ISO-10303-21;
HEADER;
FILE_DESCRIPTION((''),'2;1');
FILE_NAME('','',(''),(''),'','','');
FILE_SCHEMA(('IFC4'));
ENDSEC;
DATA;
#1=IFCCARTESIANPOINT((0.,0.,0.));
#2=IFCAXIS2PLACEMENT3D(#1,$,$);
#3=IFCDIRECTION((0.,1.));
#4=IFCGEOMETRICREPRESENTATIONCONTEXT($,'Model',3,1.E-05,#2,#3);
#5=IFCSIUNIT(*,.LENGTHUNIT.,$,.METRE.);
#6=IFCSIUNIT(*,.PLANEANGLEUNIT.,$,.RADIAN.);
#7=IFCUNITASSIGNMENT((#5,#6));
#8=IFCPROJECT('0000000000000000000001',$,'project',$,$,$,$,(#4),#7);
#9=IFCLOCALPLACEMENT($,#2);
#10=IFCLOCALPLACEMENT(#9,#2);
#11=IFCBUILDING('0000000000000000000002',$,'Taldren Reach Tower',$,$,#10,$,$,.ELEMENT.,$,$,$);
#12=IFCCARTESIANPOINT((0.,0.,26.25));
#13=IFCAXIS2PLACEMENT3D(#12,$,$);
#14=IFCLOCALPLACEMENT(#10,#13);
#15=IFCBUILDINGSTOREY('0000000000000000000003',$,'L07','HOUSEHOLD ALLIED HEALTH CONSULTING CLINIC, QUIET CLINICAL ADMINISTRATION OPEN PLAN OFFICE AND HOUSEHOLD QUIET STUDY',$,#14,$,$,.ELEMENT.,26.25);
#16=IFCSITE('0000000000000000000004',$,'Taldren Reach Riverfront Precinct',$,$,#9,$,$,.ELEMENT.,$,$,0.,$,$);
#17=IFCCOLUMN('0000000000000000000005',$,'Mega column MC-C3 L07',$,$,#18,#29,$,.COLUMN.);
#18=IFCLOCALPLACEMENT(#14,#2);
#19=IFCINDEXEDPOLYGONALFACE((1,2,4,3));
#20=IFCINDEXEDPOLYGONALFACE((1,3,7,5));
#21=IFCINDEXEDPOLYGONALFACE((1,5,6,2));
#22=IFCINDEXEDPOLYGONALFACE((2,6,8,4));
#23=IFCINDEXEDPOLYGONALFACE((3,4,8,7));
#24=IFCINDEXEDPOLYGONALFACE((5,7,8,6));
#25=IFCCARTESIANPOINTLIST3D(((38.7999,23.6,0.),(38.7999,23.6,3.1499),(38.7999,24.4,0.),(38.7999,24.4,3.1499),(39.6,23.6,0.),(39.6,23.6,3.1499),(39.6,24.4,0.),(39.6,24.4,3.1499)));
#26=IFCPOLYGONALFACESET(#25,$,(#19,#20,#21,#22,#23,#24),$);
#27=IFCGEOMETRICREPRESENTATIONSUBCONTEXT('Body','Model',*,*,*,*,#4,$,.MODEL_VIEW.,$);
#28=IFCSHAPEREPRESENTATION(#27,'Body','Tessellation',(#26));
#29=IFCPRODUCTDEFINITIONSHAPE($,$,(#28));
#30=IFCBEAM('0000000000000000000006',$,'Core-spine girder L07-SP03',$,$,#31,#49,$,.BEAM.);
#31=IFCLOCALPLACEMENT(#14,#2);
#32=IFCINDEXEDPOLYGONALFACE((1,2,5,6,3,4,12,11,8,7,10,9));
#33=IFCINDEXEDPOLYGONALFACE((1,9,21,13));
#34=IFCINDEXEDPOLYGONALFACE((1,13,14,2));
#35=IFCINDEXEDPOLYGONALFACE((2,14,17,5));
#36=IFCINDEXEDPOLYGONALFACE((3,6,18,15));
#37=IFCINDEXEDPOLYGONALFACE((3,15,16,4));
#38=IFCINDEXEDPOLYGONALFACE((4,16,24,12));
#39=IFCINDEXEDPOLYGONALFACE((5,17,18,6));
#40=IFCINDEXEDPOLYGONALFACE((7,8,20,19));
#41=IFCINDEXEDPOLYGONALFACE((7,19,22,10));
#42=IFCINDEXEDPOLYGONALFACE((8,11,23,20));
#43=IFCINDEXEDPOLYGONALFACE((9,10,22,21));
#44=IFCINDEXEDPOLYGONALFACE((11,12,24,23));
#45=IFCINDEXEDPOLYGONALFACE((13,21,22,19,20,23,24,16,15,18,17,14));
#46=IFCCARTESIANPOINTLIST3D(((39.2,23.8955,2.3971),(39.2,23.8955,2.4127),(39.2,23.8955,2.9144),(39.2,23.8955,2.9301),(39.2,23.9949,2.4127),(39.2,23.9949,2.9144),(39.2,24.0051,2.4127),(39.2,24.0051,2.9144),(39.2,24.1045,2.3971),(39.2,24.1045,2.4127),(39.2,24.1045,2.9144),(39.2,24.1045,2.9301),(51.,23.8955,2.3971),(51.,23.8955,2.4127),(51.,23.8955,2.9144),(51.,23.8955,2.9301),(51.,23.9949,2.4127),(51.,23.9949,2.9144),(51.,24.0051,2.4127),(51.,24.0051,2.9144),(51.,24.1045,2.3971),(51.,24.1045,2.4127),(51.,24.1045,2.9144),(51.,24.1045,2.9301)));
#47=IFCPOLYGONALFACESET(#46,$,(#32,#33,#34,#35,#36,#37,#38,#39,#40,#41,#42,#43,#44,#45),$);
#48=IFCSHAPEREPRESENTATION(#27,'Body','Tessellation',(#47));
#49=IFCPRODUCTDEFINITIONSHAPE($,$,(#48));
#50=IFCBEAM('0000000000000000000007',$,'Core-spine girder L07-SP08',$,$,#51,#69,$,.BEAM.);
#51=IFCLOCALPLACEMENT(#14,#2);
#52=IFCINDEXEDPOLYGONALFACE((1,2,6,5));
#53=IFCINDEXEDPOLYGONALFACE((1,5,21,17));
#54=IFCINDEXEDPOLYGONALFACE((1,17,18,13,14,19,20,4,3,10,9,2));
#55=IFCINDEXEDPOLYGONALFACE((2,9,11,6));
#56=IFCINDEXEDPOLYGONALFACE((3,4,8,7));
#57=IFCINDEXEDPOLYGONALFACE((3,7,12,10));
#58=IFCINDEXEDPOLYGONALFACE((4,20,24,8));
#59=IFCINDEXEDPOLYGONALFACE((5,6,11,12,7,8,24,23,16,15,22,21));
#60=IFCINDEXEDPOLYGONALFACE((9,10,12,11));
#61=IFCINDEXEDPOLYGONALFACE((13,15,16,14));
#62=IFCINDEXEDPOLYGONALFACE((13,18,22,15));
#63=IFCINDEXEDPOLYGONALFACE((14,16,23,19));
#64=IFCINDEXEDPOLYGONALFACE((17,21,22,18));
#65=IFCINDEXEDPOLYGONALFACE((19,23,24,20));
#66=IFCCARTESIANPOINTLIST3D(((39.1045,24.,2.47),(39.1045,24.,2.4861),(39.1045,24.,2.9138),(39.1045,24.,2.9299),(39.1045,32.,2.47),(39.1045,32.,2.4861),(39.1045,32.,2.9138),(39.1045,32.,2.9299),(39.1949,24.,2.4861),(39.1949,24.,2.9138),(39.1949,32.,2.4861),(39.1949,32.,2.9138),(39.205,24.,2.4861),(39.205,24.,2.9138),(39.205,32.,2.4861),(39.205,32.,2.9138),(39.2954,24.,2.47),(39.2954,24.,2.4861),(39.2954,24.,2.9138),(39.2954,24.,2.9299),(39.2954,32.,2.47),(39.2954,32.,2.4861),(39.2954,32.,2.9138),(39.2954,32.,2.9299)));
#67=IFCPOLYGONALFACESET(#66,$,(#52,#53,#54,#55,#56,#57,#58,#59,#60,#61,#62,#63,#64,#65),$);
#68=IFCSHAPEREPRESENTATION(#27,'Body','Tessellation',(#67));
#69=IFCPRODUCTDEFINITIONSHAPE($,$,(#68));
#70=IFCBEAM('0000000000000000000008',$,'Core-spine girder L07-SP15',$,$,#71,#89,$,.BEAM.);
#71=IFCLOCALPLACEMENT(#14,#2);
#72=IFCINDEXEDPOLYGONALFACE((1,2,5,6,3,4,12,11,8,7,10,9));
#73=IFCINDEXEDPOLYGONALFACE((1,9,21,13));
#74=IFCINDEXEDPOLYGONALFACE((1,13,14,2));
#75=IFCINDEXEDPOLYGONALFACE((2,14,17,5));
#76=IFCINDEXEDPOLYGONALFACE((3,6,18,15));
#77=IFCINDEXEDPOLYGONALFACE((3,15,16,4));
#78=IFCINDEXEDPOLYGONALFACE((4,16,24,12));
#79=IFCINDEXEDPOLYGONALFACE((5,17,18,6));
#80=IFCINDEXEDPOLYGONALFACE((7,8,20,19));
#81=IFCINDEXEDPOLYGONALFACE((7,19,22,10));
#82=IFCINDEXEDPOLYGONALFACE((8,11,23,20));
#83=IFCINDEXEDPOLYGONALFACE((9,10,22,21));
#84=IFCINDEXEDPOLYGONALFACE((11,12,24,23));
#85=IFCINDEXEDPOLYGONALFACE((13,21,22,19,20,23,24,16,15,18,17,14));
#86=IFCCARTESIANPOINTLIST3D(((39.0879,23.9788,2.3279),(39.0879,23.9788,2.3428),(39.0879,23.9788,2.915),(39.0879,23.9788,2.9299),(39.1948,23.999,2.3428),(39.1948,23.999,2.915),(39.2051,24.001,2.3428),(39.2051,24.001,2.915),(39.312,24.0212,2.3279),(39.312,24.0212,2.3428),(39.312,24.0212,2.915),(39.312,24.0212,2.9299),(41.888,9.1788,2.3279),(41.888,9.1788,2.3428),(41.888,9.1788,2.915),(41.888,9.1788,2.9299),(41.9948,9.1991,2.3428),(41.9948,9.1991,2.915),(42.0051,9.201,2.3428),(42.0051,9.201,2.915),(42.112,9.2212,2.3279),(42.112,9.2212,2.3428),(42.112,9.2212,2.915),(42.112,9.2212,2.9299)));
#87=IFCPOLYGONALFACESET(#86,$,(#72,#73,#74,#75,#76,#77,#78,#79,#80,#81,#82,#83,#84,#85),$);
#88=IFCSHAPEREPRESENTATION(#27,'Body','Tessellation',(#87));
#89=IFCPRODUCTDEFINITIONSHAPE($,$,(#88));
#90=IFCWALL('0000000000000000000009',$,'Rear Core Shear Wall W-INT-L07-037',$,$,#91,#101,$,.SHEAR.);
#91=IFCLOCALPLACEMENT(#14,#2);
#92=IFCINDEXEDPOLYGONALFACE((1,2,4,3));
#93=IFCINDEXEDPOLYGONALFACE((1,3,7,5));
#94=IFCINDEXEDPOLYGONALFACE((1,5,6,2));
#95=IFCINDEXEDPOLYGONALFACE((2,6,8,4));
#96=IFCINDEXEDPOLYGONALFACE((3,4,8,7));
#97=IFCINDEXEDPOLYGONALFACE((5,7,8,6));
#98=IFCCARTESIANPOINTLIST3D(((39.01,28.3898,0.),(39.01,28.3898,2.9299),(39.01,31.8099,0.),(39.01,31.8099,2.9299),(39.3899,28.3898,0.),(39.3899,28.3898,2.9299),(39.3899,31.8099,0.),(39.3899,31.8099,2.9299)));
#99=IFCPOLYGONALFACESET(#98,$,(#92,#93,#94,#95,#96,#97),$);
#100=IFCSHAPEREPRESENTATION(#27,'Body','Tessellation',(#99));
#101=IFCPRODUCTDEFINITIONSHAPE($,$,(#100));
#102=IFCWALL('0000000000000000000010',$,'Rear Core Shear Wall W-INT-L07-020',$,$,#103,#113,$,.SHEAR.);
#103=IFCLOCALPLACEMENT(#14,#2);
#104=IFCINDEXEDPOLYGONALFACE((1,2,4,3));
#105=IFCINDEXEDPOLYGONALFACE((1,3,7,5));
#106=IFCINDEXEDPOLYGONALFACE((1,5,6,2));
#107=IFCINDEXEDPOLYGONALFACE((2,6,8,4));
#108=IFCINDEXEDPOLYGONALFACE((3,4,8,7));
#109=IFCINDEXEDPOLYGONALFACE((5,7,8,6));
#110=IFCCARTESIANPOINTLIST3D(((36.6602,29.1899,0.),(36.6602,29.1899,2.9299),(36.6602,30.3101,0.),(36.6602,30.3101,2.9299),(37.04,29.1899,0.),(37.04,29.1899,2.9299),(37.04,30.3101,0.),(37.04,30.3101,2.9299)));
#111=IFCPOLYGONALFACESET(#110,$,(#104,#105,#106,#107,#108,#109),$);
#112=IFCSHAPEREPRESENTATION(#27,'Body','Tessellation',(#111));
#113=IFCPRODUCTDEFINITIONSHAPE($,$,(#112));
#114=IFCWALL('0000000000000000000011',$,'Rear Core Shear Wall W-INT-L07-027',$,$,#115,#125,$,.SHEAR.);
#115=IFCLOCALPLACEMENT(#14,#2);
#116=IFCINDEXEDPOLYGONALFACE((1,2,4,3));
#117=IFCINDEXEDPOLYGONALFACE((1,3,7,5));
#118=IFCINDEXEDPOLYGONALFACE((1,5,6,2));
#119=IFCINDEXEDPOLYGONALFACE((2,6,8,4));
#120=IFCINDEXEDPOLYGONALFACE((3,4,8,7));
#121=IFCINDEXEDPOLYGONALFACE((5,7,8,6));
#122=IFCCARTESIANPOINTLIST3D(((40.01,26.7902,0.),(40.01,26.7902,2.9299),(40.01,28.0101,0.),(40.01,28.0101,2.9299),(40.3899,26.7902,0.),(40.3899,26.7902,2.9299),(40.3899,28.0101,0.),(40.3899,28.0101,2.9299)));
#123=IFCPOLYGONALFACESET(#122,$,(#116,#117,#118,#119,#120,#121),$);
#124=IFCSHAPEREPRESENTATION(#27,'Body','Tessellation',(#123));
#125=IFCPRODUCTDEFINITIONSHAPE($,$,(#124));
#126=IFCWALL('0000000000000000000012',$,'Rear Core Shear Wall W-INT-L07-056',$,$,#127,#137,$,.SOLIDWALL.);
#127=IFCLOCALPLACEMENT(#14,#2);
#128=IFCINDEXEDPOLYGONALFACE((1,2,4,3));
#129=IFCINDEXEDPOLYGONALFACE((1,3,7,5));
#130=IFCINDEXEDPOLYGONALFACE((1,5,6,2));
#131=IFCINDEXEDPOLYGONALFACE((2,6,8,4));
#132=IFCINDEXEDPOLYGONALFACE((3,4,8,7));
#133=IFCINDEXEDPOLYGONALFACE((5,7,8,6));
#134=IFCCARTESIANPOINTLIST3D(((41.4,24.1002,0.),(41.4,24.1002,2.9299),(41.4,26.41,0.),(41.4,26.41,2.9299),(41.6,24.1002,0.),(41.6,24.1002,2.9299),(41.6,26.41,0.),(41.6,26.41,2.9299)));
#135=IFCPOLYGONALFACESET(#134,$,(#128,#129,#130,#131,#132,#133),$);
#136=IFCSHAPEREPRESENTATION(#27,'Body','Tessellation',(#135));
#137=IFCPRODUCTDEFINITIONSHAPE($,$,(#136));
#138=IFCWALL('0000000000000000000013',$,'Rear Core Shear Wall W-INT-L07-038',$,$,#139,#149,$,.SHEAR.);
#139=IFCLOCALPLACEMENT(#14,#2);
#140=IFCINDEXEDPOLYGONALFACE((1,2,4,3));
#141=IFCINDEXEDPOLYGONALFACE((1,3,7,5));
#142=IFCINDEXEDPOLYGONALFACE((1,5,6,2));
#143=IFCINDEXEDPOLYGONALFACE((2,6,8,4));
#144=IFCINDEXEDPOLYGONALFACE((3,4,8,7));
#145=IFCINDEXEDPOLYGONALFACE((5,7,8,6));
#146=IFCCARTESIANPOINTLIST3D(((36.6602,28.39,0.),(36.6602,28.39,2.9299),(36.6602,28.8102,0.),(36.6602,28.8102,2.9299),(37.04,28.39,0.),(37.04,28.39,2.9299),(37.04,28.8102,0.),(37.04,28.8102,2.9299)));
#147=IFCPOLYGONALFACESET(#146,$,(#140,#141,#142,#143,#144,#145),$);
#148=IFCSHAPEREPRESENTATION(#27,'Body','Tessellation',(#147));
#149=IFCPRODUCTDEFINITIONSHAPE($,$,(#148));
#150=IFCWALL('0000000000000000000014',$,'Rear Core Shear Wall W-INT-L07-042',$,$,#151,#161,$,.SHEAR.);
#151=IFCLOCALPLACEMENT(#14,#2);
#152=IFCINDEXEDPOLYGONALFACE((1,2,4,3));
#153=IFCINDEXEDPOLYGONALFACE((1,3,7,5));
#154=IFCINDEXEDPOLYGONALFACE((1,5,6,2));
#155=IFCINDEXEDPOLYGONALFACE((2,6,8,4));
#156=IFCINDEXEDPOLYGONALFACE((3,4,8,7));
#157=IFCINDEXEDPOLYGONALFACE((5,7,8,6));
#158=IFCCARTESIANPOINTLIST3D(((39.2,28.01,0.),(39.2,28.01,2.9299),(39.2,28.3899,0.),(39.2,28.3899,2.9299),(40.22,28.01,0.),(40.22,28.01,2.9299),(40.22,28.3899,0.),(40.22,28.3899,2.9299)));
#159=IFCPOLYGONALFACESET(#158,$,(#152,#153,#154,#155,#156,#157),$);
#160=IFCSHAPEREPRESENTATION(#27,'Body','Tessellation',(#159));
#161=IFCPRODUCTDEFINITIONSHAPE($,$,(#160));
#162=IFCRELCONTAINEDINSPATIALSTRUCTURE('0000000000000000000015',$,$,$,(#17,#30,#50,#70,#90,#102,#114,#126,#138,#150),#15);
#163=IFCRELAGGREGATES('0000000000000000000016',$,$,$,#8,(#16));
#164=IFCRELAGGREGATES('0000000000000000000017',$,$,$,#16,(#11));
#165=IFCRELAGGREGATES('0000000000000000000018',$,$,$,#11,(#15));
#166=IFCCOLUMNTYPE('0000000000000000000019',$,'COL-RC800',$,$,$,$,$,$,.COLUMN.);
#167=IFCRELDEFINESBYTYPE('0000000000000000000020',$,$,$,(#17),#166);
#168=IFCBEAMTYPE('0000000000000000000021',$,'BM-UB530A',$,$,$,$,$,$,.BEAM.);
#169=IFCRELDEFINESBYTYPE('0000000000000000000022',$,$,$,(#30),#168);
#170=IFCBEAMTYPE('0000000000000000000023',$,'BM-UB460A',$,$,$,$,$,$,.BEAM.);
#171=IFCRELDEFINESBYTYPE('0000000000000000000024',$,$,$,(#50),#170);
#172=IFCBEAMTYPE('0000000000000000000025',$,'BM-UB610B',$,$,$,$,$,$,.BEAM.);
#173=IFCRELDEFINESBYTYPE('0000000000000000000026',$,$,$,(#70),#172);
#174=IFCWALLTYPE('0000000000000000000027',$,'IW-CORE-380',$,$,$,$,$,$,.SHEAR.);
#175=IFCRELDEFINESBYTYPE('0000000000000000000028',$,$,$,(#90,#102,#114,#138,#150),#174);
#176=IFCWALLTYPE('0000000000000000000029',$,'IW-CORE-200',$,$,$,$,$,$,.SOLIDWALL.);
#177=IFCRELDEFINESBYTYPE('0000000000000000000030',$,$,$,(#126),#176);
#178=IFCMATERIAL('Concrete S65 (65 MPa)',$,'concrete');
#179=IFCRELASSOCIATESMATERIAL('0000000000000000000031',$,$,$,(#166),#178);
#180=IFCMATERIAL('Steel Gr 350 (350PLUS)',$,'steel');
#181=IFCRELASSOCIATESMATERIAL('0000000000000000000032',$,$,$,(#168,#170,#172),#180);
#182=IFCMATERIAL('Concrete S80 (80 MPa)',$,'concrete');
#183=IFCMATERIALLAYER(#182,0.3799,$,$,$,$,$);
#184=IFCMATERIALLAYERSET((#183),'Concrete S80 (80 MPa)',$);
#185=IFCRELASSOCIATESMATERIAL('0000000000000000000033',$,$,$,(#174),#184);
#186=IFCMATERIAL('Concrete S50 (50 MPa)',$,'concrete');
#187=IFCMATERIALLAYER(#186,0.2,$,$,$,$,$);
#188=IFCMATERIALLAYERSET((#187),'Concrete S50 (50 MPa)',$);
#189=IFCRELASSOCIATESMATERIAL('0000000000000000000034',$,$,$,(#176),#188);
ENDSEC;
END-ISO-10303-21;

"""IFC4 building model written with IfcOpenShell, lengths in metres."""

from ifc_helpers import new_model, si_unit, direction, frame, frame_2d, origin, origin_2d, place, context, subcontext, project, spatial, rectangle, i_section, extrude, source, transform, mapped, material, layer, layer_set, material_profile, profile_set, type_object, element, save


model = new_model("IFC4")

# Units and contexts
model_context = context("Model", 3, precision=1e-05, world=origin(), true_north=direction((0.0, 1.0)))
body_context = subcontext(model_context, "Body", "Model", "MODEL_VIEW")
ifc_project = project(units=[si_unit("LENGTHUNIT", "METRE"), si_unit("PLANEANGLEUNIT", "RADIAN")], contexts=[model_context])

# Site, building, storey
site_placement = place(None, origin())
site = spatial("IfcSite", under=ifc_project, at=site_placement, Name="Taldren Reach Riverfront Precinct", CompositionType="ELEMENT", RefElevation=0.0)
building_placement = place(site_placement, origin())
building = spatial("IfcBuilding", under=site, at=building_placement, Name="Taldren Reach Tower", CompositionType="ELEMENT")
storey_placement = place(building_placement, frame((0.0, 0.0, 26.25)))
storey = spatial("IfcBuildingStorey", under=building, at=storey_placement, Name="L07", Description="HOUSEHOLD ALLIED HEALTH CONSULTING CLINIC, QUIET CLINICAL ADMINISTRATION OPEN PLAN OFFICE AND HOUSEHOLD QUIET STUDY", CompositionType="ELEMENT", Elevation=26.25)

# Column
ifc_material_1 = material(Name="Concrete S65 (65 MPa)", Category="concrete")
ifc_material_profile_1 = material_profile(ifc_material_1, rectangle(XDim=0.8, YDim=0.8, at=origin_2d()), Name="RC-800x800")
ifc_profile_set_1 = profile_set([ifc_material_profile_1], Name="Concrete S65 (65 MPa)")
column_type = type_object("IfcColumnType", Name="COL-RC800", PredefinedType="COLUMN", material=ifc_profile_set_1)
shared_shape_1 = source(origin(), body_context, "Body", "SweptSolid", [
    extrude(rectangle(XDim=0.8, YDim=0.8, at=origin_2d()), origin(), (0.0, 0.0, 1.0), 3.1499),
])
column_placement = place(storey_placement, frame((39.2, 24.0, 0.0), z_axis=(0.0, 0.0, 1.0), x_axis=(1.0, 0.0, 0.0)))
element("IfcColumn", 1, at=column_placement, inside=storey, type_object=column_type, Name="Mega column MC-C3 L07", PredefinedType="COLUMN", context=body_context, shape_type="MappedRepresentation", body=[
    mapped(shared_shape_1, transform((0.0, 0.0, 0.0), scale=1.0)),
])

# Beams
ifc_material_2 = material(Name="Steel Gr 350 (350PLUS)", Category="steel")
ifc_material_profile_2 = material_profile(ifc_material_2, i_section(OverallWidth=0.209, OverallDepth=0.533, WebThickness=0.0103, FlangeThickness=0.0156, at=origin_2d()), Name="530UB92.4")
ifc_profile_set_2 = profile_set([ifc_material_profile_2], Name="Steel Gr 350 (350PLUS)")
beam_type_1 = type_object("IfcBeamType", Name="BM-UB530A", PredefinedType="BEAM", material=ifc_profile_set_2)
shared_shape_2 = source(origin(), body_context, "Body", "SweptSolid", [
    extrude(i_section(OverallWidth=0.209, OverallDepth=0.533, WebThickness=0.0103, FlangeThickness=0.0156, at=origin_2d()), origin(), (0.0, 0.0, 1.0), 11.8),
])
beam_1_placement = place(storey_placement, frame((39.2, 24.0, 2.6636), z_axis=(1.0, 0.0, 0.0), x_axis=(0.0, 1.0, 0.0)))
element("IfcBeam", 2, at=beam_1_placement, inside=storey, type_object=beam_type_1, Name="Core-spine girder L07-SP03", PredefinedType="BEAM", context=body_context, shape_type="MappedRepresentation", body=[
    mapped(shared_shape_2, transform((0.0, 0.0, 0.0), scale=1.0)),
])
ifc_material_profile_3 = material_profile(ifc_material_2, i_section(OverallWidth=0.1909, OverallDepth=0.46, WebThickness=0.01, FlangeThickness=0.0161, at=origin_2d()), Name="460UB82.1")
ifc_profile_set_3 = profile_set([ifc_material_profile_3], Name="Steel Gr 350 (350PLUS)")
beam_type_2 = type_object("IfcBeamType", Name="BM-UB460A", PredefinedType="BEAM", material=ifc_profile_set_3)
shared_shape_3 = source(origin(), body_context, "Body", "SweptSolid", [
    extrude(i_section(OverallWidth=0.1909, OverallDepth=0.46, WebThickness=0.01, FlangeThickness=0.0161, at=origin_2d()), origin(), (0.0, 0.0, 1.0), 8.0),
])
beam_2_placement = place(storey_placement, frame((39.2, 24.0, 2.7), z_axis=(0.0, 1.0, 0.0), x_axis=(-1.0, 0.0, 0.0)))
element("IfcBeam", 3, at=beam_2_placement, inside=storey, type_object=beam_type_2, Name="Core-spine girder L07-SP08", PredefinedType="BEAM", context=body_context, shape_type="MappedRepresentation", body=[
    mapped(shared_shape_3, transform((0.0, 0.0, 0.0), scale=1.0)),
])
ifc_material_profile_4 = material_profile(ifc_material_2, i_section(OverallWidth=0.228, OverallDepth=0.6021, WebThickness=0.0105, FlangeThickness=0.0149, at=origin_2d()), Name="610UB101")
ifc_profile_set_4 = profile_set([ifc_material_profile_4], Name="Steel Gr 350 (350PLUS)")
beam_type_3 = type_object("IfcBeamType", Name="BM-UB610B", PredefinedType="BEAM", material=ifc_profile_set_4)
shared_shape_4 = source(origin(), body_context, "Body", "SweptSolid", [
    extrude(i_section(OverallWidth=0.228, OverallDepth=0.6021, WebThickness=0.0105, FlangeThickness=0.0149, at=origin_2d()), origin(), (0.0, 0.0, 1.0), 15.0625),
])
beam_3_placement = place(storey_placement, frame((39.2, 24.0, 2.6289), z_axis=(0.185894, -0.98257, 0.0), x_axis=(0.98257, 0.185894, 0.0)))
element("IfcBeam", 4, at=beam_3_placement, inside=storey, type_object=beam_type_3, Name="Core-spine girder L07-SP15", PredefinedType="BEAM", context=body_context, shape_type="MappedRepresentation", body=[
    mapped(shared_shape_4, transform((0.0, 0.0, 0.0), scale=1.0)),
])

# Walls
ifc_material_3 = material(Name="Concrete S80 (80 MPa)", Category="concrete")
ifc_layer_1 = layer(ifc_material_3, 0.3799)
ifc_layer_set_1 = layer_set([ifc_layer_1], Name="Concrete S80 (80 MPa)")
wall_type_1 = type_object("IfcWallType", Name="IW-CORE-380", PredefinedType="SHEAR", material=ifc_layer_set_1)
shared_shape_5 = source(origin(), body_context, "Body", "SweptSolid", [
    extrude(rectangle(XDim=3.4202, YDim=0.3799, at=frame_2d((1.71, 0.0))), origin(), (0.0, 0.0, 1.0), 2.9299),
])
wall_1_placement = place(storey_placement, frame((39.2, 28.3899, 0.0), z_axis=(0.0, 0.0, 1.0), x_axis=(0.0, 1.0, 0.0)))
element("IfcWall", 5, at=wall_1_placement, inside=storey, type_object=wall_type_1, Name="Rear Core Shear Wall W-INT-L07-037", PredefinedType="SHEAR", context=body_context, shape_type="MappedRepresentation", body=[
    mapped(shared_shape_5, transform((0.0, 0.0, 0.0), scale=1.0)),
])
shared_shape_6 = source(origin(), body_context, "Body", "SweptSolid", [
    extrude(rectangle(XDim=1.1201, YDim=0.3799, at=frame_2d((0.5601, 0.0))), origin(), (0.0, 0.0, 1.0), 2.9299),
])
wall_2_placement = place(storey_placement, frame((36.8501, 29.1899, 0.0), z_axis=(0.0, 0.0, 1.0), x_axis=(0.0, 1.0, 0.0)))
element("IfcWall", 6, at=wall_2_placement, inside=storey, type_object=wall_type_1, Name="Rear Core Shear Wall W-INT-L07-020", PredefinedType="SHEAR", context=body_context, shape_type="MappedRepresentation", body=[
    mapped(shared_shape_6, transform((0.0, 0.0, 0.0), scale=1.0)),
])
shared_shape_7 = source(origin(), body_context, "Body", "SweptSolid", [
    extrude(rectangle(XDim=1.22, YDim=0.3799, at=frame_2d((0.6099, 0.0))), origin(), (0.0, 0.0, 1.0), 2.9299),
])
wall_3_placement = place(storey_placement, frame((40.2, 28.01, 0.0), z_axis=(0.0, 0.0, 1.0), x_axis=(0.0, -1.0, 0.0)))
element("IfcWall", 7, at=wall_3_placement, inside=storey, type_object=wall_type_1, Name="Rear Core Shear Wall W-INT-L07-027", PredefinedType="SHEAR", context=body_context, shape_type="MappedRepresentation", body=[
    mapped(shared_shape_7, transform((0.0, 0.0, 0.0), scale=1.0)),
])
ifc_material_4 = material(Name="Concrete S50 (50 MPa)", Category="concrete")
ifc_layer_2 = layer(ifc_material_4, 0.2)
ifc_layer_set_2 = layer_set([ifc_layer_2], Name="Concrete S50 (50 MPa)")
wall_type_2 = type_object("IfcWallType", Name="IW-CORE-200", PredefinedType="SOLIDWALL", material=ifc_layer_set_2)
shared_shape_8 = source(origin(), body_context, "Body", "SweptSolid", [
    extrude(rectangle(XDim=2.3098, YDim=0.2, at=frame_2d((1.1548, 0.0))), origin(), (0.0, 0.0, 1.0), 2.9299),
])
wall_4_placement = place(storey_placement, frame((41.5, 26.4099, 0.0), z_axis=(0.0, 0.0, 1.0), x_axis=(0.0, -1.0, 0.0)))
element("IfcWall", 8, at=wall_4_placement, inside=storey, type_object=wall_type_2, Name="Rear Core Shear Wall W-INT-L07-056", PredefinedType="SOLIDWALL", context=body_context, shape_type="MappedRepresentation", body=[
    mapped(shared_shape_8, transform((0.0, 0.0, 0.0), scale=1.0)),
])
shared_shape_9 = source(origin(), body_context, "Body", "SweptSolid", [
    extrude(rectangle(XDim=0.4202, YDim=0.3799, at=frame_2d((0.21, 0.0))), origin(), (0.0, 0.0, 1.0), 2.9299),
])
wall_5_placement = place(storey_placement, frame((36.8501, 28.8101, 0.0), z_axis=(0.0, 0.0, 1.0), x_axis=(0.0, -1.0, 0.0)))
element("IfcWall", 9, at=wall_5_placement, inside=storey, type_object=wall_type_1, Name="Rear Core Shear Wall W-INT-L07-038", PredefinedType="SHEAR", context=body_context, shape_type="MappedRepresentation", body=[
    mapped(shared_shape_9, transform((0.0, 0.0, 0.0), scale=1.0)),
])
shared_shape_10 = source(origin(), body_context, "Body", "SweptSolid", [
    extrude(rectangle(XDim=1.02, YDim=0.3799, at=frame_2d((0.51, 0.0))), origin(), (0.0, 0.0, 1.0), 2.9299),
])
wall_6_placement = place(storey_placement, frame((39.2, 28.2, 0.0), z_axis=(0.0, 0.0, 1.0), x_axis=(1.0, 0.0, 0.0)))
element("IfcWall", 10, at=wall_6_placement, inside=storey, type_object=wall_type_1, Name="Rear Core Shear Wall W-INT-L07-042", PredefinedType="SHEAR", context=body_context, shape_type="MappedRepresentation", body=[
    mapped(shared_shape_10, transform((0.0, 0.0, 0.0), scale=1.0)),
])

save(model, "model.ifc")
